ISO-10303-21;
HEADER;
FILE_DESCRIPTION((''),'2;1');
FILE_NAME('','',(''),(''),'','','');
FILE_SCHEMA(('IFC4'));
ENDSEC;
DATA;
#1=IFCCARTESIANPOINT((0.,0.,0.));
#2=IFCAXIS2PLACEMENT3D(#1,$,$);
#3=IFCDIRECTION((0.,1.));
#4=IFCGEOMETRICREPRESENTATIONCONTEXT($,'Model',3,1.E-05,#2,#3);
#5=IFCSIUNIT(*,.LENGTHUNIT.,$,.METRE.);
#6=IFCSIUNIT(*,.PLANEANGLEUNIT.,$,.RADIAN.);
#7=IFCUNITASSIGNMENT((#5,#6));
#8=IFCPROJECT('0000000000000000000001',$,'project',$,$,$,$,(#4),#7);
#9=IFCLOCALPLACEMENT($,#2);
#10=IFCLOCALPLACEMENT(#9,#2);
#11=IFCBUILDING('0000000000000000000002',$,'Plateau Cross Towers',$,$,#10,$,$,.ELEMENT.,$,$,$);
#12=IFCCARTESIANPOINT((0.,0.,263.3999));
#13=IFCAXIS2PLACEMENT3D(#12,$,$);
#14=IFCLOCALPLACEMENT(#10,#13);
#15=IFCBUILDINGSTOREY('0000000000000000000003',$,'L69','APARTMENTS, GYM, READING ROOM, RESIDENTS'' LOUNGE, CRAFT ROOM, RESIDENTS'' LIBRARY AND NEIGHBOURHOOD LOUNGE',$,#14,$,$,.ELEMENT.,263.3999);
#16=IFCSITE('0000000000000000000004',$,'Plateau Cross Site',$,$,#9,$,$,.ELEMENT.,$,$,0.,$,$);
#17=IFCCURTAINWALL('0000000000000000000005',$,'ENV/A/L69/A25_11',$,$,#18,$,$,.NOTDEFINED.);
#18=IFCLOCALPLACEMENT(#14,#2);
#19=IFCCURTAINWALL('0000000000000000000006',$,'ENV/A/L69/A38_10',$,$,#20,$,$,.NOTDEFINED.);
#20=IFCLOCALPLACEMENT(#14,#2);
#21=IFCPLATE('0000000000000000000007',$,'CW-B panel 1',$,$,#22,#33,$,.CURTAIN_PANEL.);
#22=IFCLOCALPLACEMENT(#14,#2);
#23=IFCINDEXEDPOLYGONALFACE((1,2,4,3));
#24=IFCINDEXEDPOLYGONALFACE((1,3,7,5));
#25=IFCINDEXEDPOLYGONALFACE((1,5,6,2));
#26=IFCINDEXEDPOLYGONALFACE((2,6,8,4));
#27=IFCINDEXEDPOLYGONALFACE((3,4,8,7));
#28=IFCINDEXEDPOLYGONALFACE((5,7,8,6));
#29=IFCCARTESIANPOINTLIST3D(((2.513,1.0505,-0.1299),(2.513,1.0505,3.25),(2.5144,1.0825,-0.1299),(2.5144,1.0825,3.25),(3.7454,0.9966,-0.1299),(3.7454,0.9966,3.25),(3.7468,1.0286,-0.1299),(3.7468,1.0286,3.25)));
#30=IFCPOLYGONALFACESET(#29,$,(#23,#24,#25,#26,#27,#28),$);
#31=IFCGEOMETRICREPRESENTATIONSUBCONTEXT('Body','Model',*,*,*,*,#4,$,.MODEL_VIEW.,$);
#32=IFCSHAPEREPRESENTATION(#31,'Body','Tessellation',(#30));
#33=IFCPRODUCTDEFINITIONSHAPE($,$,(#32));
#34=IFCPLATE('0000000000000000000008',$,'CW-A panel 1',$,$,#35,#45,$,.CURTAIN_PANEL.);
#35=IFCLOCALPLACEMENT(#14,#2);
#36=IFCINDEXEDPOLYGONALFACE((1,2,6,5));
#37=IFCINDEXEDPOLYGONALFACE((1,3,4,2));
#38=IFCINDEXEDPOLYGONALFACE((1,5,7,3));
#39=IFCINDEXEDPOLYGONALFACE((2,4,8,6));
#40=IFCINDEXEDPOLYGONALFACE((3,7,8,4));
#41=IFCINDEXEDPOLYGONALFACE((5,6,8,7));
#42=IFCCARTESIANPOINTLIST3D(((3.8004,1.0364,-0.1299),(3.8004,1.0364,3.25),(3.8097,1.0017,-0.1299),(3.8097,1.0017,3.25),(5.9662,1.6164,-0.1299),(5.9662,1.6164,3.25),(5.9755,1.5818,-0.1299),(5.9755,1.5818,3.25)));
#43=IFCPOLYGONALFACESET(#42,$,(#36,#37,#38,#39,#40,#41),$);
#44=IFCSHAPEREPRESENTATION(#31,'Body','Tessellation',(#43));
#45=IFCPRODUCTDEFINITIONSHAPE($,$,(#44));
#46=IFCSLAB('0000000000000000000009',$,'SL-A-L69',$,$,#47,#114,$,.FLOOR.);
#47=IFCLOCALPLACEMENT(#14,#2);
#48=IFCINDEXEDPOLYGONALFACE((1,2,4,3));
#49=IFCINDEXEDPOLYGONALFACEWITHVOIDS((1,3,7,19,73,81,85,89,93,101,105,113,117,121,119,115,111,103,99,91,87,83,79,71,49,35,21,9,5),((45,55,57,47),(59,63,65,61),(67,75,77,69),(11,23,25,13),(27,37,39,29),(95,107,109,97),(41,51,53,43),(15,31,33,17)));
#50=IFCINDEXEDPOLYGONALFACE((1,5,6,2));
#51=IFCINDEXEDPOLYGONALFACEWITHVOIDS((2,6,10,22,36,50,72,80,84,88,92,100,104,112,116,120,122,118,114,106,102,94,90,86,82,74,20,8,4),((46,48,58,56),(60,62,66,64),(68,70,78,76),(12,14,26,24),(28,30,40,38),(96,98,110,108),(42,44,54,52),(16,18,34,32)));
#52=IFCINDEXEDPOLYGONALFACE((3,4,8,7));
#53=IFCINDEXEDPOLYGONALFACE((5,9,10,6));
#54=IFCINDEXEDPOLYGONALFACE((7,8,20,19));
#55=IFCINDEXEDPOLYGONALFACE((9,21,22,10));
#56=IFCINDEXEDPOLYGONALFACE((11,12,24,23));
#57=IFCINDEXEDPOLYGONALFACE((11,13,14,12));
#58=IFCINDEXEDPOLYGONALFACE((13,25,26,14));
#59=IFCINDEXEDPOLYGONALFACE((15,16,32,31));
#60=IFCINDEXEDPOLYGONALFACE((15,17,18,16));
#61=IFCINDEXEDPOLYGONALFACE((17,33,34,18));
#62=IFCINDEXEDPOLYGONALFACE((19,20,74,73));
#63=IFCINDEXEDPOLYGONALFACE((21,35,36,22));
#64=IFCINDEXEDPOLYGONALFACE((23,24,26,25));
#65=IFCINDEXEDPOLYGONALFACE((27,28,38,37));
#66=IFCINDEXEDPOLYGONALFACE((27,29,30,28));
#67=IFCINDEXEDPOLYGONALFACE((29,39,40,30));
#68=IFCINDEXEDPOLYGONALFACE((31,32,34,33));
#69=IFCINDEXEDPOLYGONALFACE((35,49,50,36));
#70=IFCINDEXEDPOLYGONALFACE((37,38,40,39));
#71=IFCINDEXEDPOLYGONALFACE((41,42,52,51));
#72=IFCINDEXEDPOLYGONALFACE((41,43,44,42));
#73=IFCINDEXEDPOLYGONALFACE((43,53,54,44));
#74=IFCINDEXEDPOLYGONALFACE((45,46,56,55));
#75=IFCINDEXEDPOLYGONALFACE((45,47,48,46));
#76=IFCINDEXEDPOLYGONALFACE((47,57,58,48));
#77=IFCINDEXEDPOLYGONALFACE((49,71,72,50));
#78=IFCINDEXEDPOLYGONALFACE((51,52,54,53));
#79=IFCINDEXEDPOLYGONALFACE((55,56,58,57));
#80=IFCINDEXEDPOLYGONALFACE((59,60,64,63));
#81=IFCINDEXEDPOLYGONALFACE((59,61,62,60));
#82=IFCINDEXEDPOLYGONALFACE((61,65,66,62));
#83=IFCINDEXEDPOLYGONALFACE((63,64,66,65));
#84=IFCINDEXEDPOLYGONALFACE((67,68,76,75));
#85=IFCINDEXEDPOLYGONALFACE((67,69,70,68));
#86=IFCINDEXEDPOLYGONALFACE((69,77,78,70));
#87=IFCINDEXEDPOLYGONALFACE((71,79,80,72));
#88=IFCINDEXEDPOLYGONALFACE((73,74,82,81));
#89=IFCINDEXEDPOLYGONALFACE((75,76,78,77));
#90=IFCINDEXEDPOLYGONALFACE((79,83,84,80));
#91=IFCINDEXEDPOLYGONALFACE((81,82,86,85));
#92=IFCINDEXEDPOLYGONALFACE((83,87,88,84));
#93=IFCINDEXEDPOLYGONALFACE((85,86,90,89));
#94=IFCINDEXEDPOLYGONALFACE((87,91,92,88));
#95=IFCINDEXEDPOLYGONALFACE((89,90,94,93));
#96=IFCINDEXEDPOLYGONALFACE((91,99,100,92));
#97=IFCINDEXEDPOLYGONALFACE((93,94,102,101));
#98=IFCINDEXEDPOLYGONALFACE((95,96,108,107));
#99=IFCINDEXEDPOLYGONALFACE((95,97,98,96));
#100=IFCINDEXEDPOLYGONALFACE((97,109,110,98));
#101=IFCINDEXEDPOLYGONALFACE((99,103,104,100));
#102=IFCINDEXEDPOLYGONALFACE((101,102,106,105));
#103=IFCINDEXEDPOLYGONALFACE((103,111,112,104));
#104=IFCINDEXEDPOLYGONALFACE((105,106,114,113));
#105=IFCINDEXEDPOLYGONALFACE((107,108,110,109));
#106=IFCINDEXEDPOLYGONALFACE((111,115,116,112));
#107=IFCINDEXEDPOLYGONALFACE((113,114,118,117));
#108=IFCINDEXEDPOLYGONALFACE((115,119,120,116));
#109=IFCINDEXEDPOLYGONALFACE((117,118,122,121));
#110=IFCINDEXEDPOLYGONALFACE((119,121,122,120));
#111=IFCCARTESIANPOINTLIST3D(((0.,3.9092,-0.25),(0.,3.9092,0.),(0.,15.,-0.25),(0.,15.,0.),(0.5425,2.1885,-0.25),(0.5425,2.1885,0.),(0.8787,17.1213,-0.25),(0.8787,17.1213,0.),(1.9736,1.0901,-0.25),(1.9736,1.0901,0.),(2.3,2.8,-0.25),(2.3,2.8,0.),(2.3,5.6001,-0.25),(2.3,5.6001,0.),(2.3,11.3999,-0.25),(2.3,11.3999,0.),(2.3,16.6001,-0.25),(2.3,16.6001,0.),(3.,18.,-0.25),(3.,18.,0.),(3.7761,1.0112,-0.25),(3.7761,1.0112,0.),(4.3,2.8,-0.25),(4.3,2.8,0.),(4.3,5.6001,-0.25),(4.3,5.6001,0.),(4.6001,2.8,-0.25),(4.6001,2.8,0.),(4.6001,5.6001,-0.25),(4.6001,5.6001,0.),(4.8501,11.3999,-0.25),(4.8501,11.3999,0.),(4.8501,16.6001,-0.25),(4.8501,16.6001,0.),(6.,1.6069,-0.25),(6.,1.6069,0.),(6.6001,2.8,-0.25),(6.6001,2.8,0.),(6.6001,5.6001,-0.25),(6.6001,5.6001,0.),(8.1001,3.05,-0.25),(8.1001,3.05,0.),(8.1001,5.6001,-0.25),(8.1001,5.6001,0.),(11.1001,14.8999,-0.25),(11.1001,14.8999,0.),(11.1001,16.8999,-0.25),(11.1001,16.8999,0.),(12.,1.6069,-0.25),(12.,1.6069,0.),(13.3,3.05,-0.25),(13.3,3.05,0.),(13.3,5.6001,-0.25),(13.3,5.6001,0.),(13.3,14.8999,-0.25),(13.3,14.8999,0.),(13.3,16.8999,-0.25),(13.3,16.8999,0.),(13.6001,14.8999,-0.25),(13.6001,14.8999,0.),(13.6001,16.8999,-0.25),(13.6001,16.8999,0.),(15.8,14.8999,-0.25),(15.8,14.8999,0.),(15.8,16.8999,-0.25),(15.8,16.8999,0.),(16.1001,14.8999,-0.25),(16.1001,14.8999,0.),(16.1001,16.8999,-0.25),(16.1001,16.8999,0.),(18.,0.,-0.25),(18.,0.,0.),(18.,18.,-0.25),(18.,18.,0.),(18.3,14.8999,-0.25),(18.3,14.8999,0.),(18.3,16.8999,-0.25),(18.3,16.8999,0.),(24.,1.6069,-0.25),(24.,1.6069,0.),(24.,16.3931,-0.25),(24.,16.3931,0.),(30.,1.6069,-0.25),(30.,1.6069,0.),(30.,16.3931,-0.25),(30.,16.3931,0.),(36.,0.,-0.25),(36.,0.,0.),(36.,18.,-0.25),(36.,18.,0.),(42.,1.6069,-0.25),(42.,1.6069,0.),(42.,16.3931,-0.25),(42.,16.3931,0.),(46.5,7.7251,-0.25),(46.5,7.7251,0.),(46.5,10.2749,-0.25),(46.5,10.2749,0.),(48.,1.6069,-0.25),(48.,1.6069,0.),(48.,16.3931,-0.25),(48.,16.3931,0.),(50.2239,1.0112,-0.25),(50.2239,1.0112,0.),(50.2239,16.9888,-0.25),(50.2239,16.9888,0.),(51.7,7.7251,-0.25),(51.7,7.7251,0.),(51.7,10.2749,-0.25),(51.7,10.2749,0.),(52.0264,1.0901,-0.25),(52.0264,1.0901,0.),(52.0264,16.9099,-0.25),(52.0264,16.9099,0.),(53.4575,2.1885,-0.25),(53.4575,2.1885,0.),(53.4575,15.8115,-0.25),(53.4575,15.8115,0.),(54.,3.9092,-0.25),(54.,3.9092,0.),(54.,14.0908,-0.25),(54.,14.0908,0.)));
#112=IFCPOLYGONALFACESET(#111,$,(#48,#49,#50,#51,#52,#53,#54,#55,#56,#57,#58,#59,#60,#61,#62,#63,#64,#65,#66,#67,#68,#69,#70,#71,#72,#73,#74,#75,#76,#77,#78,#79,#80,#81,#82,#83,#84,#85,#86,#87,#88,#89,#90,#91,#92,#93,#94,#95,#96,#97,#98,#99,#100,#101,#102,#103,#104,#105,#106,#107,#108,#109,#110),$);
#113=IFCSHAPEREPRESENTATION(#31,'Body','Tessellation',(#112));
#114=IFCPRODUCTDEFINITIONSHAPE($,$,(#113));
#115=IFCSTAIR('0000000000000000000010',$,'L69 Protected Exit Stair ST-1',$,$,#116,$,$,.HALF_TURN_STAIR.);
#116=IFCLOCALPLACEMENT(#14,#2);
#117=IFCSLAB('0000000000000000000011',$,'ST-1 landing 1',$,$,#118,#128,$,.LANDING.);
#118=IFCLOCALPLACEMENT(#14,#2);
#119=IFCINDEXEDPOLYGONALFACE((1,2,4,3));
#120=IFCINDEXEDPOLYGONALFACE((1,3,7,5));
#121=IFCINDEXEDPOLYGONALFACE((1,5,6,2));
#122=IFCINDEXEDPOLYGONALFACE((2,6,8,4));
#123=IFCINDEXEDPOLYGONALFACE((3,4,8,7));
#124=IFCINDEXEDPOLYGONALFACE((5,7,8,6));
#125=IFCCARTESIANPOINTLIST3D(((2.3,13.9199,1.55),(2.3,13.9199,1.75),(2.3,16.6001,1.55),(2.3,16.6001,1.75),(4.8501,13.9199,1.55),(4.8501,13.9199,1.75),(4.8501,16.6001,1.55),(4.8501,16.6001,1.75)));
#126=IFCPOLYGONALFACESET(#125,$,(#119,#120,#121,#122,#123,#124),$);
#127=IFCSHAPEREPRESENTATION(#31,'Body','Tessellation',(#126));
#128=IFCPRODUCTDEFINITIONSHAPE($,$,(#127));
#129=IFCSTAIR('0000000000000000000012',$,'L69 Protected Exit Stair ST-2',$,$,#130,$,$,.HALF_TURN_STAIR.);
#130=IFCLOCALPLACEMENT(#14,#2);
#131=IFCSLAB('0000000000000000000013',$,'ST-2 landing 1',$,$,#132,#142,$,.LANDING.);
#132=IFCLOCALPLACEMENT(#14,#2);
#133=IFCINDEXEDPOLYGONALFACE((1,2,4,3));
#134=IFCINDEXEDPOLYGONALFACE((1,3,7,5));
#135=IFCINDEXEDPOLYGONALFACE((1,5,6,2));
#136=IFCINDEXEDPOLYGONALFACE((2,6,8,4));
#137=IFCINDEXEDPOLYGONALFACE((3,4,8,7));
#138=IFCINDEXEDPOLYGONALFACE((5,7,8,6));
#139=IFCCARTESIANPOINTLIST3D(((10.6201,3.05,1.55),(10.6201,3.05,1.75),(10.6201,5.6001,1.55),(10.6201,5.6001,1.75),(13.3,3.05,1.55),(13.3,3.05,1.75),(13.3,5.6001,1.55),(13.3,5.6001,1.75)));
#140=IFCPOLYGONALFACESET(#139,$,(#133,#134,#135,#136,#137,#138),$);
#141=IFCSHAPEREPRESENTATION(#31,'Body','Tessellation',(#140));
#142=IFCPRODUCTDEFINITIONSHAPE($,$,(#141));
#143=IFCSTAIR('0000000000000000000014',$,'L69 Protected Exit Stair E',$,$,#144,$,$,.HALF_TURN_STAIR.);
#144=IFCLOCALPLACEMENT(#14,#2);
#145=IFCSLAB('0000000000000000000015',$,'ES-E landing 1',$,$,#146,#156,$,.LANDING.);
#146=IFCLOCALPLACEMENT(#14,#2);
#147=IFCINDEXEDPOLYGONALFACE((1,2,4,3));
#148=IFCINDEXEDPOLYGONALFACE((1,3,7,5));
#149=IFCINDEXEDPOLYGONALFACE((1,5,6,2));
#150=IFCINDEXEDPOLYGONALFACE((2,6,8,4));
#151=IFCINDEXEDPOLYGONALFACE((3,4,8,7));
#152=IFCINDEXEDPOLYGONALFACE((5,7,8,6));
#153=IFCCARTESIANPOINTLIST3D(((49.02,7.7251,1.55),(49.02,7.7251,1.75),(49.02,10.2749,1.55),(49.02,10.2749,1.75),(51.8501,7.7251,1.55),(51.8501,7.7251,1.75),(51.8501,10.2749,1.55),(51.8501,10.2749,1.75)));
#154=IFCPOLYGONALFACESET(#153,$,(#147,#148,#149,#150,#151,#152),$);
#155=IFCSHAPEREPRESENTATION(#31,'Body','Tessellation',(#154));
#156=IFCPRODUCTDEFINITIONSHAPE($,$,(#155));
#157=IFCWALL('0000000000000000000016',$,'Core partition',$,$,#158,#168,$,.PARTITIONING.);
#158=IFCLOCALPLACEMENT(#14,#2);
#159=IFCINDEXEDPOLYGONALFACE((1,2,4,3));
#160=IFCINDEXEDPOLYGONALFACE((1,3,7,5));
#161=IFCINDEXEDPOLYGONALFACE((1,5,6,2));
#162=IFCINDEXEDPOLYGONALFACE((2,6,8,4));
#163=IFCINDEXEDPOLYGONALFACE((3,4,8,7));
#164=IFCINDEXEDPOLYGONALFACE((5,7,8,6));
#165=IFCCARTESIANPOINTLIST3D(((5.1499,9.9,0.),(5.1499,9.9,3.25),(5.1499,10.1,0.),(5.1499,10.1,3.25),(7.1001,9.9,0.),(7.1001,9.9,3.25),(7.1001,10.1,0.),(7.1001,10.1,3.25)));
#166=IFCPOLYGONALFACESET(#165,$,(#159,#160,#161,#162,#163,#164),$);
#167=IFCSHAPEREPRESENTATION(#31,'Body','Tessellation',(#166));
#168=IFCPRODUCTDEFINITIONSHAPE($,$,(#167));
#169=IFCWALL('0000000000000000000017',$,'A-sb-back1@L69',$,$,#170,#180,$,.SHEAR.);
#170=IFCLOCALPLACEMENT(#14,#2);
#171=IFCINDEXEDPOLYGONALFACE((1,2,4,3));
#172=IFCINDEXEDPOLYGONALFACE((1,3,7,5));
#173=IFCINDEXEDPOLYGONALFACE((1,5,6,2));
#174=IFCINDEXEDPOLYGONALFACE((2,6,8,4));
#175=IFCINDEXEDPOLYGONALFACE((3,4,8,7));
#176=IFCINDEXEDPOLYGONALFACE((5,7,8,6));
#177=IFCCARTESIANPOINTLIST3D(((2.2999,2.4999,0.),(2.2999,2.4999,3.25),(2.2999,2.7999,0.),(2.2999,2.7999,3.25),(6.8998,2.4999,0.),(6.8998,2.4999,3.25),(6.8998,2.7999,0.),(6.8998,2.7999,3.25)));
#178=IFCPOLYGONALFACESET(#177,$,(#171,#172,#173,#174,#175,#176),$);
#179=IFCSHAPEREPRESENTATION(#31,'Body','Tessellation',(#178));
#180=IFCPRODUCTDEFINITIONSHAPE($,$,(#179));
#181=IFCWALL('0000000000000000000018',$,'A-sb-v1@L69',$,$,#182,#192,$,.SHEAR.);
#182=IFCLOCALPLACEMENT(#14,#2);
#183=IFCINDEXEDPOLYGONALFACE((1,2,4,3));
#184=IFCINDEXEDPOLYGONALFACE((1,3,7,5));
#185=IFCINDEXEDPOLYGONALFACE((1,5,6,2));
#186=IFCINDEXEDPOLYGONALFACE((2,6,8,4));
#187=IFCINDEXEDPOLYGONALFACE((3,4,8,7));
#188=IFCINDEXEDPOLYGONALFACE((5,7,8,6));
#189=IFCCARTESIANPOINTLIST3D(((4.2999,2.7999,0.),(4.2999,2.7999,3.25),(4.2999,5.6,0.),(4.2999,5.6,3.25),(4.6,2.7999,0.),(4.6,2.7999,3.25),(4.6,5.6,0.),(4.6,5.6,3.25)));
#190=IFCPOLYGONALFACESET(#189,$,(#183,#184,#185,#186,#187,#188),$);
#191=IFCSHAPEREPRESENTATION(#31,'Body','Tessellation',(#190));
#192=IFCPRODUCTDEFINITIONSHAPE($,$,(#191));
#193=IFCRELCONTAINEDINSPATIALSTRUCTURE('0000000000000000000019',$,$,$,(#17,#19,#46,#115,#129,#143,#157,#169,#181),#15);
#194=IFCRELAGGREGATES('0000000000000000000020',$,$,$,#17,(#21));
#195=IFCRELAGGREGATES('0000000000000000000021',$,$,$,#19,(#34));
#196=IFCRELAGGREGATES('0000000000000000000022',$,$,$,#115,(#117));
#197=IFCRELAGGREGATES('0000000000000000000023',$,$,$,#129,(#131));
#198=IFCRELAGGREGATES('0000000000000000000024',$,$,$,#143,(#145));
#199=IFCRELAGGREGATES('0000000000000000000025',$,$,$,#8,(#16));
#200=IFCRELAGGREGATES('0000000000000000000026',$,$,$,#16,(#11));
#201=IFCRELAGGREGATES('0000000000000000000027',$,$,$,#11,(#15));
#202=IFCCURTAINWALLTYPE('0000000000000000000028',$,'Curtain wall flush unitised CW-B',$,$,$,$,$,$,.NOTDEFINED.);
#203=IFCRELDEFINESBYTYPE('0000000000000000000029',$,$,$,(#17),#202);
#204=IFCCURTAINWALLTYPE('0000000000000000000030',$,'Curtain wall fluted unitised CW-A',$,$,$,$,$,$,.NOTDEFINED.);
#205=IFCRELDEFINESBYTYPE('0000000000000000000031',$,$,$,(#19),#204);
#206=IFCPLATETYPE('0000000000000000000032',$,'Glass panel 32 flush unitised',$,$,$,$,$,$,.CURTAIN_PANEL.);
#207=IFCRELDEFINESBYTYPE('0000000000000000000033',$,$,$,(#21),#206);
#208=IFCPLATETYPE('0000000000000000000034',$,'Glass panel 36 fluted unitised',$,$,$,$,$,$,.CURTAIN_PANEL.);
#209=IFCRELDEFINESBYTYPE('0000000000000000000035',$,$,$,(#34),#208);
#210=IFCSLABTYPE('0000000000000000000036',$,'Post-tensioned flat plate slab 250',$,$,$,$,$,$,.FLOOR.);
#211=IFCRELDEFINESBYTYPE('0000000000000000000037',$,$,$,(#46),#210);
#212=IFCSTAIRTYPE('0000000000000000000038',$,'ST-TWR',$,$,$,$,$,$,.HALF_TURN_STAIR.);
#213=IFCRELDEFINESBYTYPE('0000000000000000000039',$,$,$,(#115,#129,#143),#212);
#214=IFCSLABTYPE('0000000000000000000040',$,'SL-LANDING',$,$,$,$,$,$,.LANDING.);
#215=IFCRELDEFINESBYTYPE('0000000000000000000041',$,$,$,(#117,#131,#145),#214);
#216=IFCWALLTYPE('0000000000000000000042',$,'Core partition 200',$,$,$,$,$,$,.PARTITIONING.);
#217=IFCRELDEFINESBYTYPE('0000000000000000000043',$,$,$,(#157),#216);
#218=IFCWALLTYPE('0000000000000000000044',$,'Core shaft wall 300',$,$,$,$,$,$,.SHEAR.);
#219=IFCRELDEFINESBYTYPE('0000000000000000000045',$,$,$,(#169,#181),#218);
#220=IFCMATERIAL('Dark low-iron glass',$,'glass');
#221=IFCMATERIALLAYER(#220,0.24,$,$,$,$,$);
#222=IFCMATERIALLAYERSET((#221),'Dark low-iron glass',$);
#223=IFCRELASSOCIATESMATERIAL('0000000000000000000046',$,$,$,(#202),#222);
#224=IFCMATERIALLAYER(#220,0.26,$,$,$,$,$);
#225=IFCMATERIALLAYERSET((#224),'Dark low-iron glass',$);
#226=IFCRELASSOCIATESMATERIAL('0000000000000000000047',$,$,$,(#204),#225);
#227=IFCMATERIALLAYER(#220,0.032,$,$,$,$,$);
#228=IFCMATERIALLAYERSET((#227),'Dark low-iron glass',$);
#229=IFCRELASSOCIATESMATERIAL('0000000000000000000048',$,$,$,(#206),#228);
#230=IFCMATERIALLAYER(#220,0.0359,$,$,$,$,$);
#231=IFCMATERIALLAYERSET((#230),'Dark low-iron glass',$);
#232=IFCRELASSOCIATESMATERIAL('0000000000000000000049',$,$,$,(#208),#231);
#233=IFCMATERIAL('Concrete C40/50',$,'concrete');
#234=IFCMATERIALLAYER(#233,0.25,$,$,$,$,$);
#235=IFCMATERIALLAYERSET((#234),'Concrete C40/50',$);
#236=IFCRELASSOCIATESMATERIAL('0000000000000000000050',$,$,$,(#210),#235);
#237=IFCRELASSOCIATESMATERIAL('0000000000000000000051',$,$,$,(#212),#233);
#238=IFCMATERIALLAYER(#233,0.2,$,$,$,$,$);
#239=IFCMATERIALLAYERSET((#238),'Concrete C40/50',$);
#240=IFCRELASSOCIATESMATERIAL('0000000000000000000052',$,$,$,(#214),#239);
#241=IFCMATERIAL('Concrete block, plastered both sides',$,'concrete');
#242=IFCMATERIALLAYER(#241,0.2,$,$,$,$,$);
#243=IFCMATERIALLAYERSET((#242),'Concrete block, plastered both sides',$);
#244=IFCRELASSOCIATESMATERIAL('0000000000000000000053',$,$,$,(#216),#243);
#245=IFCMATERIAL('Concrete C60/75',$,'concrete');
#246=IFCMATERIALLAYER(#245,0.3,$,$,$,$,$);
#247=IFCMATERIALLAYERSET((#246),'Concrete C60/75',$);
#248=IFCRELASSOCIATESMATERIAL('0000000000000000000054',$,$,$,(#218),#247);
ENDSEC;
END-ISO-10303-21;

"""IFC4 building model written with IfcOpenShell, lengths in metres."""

from ifc_helpers import new_model, si_unit, direction, frame, frame_2d, origin, origin_2d, place, context, subcontext, project, spatial, polyline, rectangle, outline, extrude, material, layer, layer_set, type_object, element, aggregate, save


model = new_model("IFC4")

# Units and contexts
model_context = context("Model", 3, precision=1e-05, world=origin(), true_north=direction((0.0, 1.0)))
body_context = subcontext(model_context, "Body", "Model", "MODEL_VIEW")
ifc_project = project(units=[si_unit("LENGTHUNIT", "METRE"), si_unit("PLANEANGLEUNIT", "RADIAN")], contexts=[model_context])

# Site, building, storey
site_placement = place(None, origin())
site = spatial("IfcSite", under=ifc_project, at=site_placement, Name="Plateau Cross Site", CompositionType="ELEMENT", RefElevation=0.0)
building_placement = place(site_placement, origin())
building = spatial("IfcBuilding", under=site, at=building_placement, Name="Plateau Cross Towers", CompositionType="ELEMENT")
storey_placement = place(building_placement, frame((0.0, 0.0, 263.3999)))
storey = spatial("IfcBuildingStorey", under=building, at=storey_placement, Name="L69", Description="APARTMENTS, GYM, READING ROOM, RESIDENTS' LOUNGE, CRAFT ROOM, RESIDENTS' LIBRARY AND NEIGHBOURHOOD LOUNGE", CompositionType="ELEMENT", Elevation=263.3999)

# Shared definitions
ifc_material_1 = material(Name="Concrete C60/75", Category="concrete")

# Shared definitions
ifc_material_2 = material(Name="Dark low-iron glass", Category="glass")
ifc_layer_1 = layer(ifc_material_2, 0.24)
ifc_layer_set_1 = layer_set([ifc_layer_1], Name="Dark low-iron glass")
curtain_wall_type_1 = type_object("IfcCurtainWallType", Name="Curtain wall flush unitised CW-B", PredefinedType="NOTDEFINED", material=ifc_layer_set_1)

# Curtain walls
curtain_wall_1_placement = place(storey_placement, origin())
curtain_wall_1 = element("IfcCurtainWall", 1, at=curtain_wall_1_placement, inside=storey, type_object=curtain_wall_type_1, Name="ENV/A/L69/A25_11", PredefinedType="NOTDEFINED")
ifc_layer_2 = layer(ifc_material_2, 0.26)
ifc_layer_set_2 = layer_set([ifc_layer_2], Name="Dark low-iron glass")
curtain_wall_type_2 = type_object("IfcCurtainWallType", Name="Curtain wall fluted unitised CW-A", PredefinedType="NOTDEFINED", material=ifc_layer_set_2)
curtain_wall_2_placement = place(storey_placement, origin())
curtain_wall_2 = element("IfcCurtainWall", 2, at=curtain_wall_2_placement, inside=storey, type_object=curtain_wall_type_2, Name="ENV/A/L69/A38_10", PredefinedType="NOTDEFINED")

# Plates
ifc_layer_3 = layer(ifc_material_2, 0.032)
ifc_layer_set_3 = layer_set([ifc_layer_3], Name="Dark low-iron glass")
plate_type_1 = type_object("IfcPlateType", Name="Glass panel 32 flush unitised", PredefinedType="CURTAIN_PANEL", material=ifc_layer_set_3)
plate_1_placement = place(storey_placement, frame((3.1299, 1.0396, -0.1299), z_axis=(0.0, 0.0, 1.0), x_axis=(0.999044, -0.043723, 0.0)))
plate_1 = element("IfcPlate", 3, at=plate_1_placement, type_object=plate_type_1, Name="CW-B panel 1", PredefinedType="CURTAIN_PANEL", context=body_context, shape_type="SweptSolid", body=[
    extrude(rectangle(XDim=1.2336, YDim=0.032, at=origin_2d()), origin(), (0.0, 0.0, 1.0), 3.3799),
])
aggregate(curtain_wall_1, [plate_1])
ifc_layer_4 = layer(ifc_material_2, 0.0359)
ifc_layer_set_4 = layer_set([ifc_layer_4], Name="Dark low-iron glass")
plate_type_2 = type_object("IfcPlateType", Name="Glass panel 36 fluted unitised", PredefinedType="CURTAIN_PANEL", material=ifc_layer_set_4)
plate_2_placement = place(storey_placement, frame((4.8879, 1.3091, -0.1299), z_axis=(0.0, 0.0, 1.0), x_axis=(0.965958, 0.258699, 0.0)))
plate_2 = element("IfcPlate", 4, at=plate_2_placement, type_object=plate_type_2, Name="CW-A panel 1", PredefinedType="CURTAIN_PANEL", context=body_context, shape_type="SweptSolid", body=[
    extrude(rectangle(XDim=2.2422, YDim=0.0359, at=origin_2d()), origin(), (0.0, 0.0, 1.0), 3.3799),
])
aggregate(curtain_wall_2, [plate_2])

# Slab
ifc_material_3 = material(Name="Concrete C40/50", Category="concrete")
ifc_layer_5 = layer(ifc_material_3, 0.25)
ifc_layer_set_5 = layer_set([ifc_layer_5], Name="Concrete C40/50")
slab_type_1 = type_object("IfcSlabType", Name="Post-tensioned flat plate slab 250", PredefinedType="FLOOR", material=ifc_layer_set_5)
slab_1_placement = place(storey_placement, frame((0.0, 0.0, -0.25)))
element("IfcSlab", 5, at=slab_1_placement, inside=storey, type_object=slab_type_1, Name="SL-A-L69", PredefinedType="FLOOR", context=body_context, shape_type="SweptSolid", body=[
    extrude(outline(polyline([(1.9736, 1.0901), (0.5425, 2.1885), (0.0, 3.9092), (0.0, 15.0), (0.8787, 17.1213), (3.0, 18.0), (18.0, 18.0), (24.0, 16.3931), (30.0, 16.3931), (36.0, 18.0), (42.0, 16.3931), (48.0, 16.3931), (50.2239, 16.9888), (52.0264, 16.9099), (53.4575, 15.8115), (54.0, 14.0908), (54.0, 3.9092), (53.4575, 2.1885), (52.0264, 1.0901), (50.2239, 1.0112), (48.0, 1.6069), (42.0, 1.6069), (36.0, 0.0), (30.0, 1.6069), (24.0, 1.6069), (18.0, 0.0), (12.0, 1.6069), (6.0, 1.6069), (3.7761, 1.0112), (1.9736, 1.0901)]), holes=[polyline([(4.3, 5.6001), (2.3, 5.6001), (2.3, 2.8), (4.3, 2.8), (4.3, 5.6001)]), polyline([(6.6001, 5.6001), (4.6001, 5.6001), (4.6001, 2.8), (6.6001, 2.8), (6.6001, 5.6001)]), polyline([(13.3, 5.6001), (8.1001, 5.6001), (8.1001, 3.05), (13.3, 3.05), (13.3, 5.6001)]), polyline([(51.7, 10.2749), (46.5, 10.2749), (46.5, 7.7251), (51.7, 7.7251), (51.7, 10.2749)]), polyline([(2.3, 16.6001), (2.3, 11.3999), (4.8501, 11.3999), (4.8501, 16.6001), (2.3, 16.6001)]), polyline([(13.3, 16.8999), (11.1001, 16.8999), (11.1001, 14.8999), (13.3, 14.8999), (13.3, 16.8999)]), polyline([(15.8, 16.8999), (13.6001, 16.8999), (13.6001, 14.8999), (15.8, 14.8999), (15.8, 16.8999)]), polyline([(18.3, 16.8999), (16.1001, 16.8999), (16.1001, 14.8999), (18.3, 14.8999), (18.3, 16.8999)])]), origin(), (0.0, 0.0, 1.0), 0.25),
])

# Stairs, slabs
stair_type = type_object("IfcStairType", Name="ST-TWR", PredefinedType="HALF_TURN_STAIR", material=ifc_material_3)
stair_1_placement = place(storey_placement, origin())
stair_1 = element("IfcStair", 6, at=stair_1_placement, inside=storey, type_object=stair_type, Name="L69 Protected Exit Stair ST-1", PredefinedType="HALF_TURN_STAIR")
ifc_layer_6 = layer(ifc_material_3, 0.2)
ifc_layer_set_6 = layer_set([ifc_layer_6], Name="Concrete C40/50")
slab_type_2 = type_object("IfcSlabType", Name="SL-LANDING", PredefinedType="LANDING", material=ifc_layer_set_6)
slab_2_placement = place(storey_placement, frame((0.0, 0.0, 1.55)))
slab_2 = element("IfcSlab", 7, at=slab_2_placement, type_object=slab_type_2, Name="ST-1 landing 1", PredefinedType="LANDING", context=body_context, shape_type="SweptSolid", body=[
    extrude(outline(polyline([(4.8501, 13.9199), (4.8501, 16.6001), (2.3, 16.6001), (2.3, 13.9199), (4.8501, 13.9199)])), origin(), (0.0, 0.0, 1.0), 0.2),
])
aggregate(stair_1, [slab_2])
stair_2_placement = place(storey_placement, origin())
stair_2 = element("IfcStair", 8, at=stair_2_placement, inside=storey, type_object=stair_type, Name="L69 Protected Exit Stair ST-2", PredefinedType="HALF_TURN_STAIR")
slab_3_placement = place(storey_placement, frame((0.0, 0.0, 1.55)))
slab_3 = element("IfcSlab", 9, at=slab_3_placement, type_object=slab_type_2, Name="ST-2 landing 1", PredefinedType="LANDING", context=body_context, shape_type="SweptSolid", body=[
    extrude(outline(polyline([(10.6201, 3.05), (13.3, 3.05), (13.3, 5.6001), (10.6201, 5.6001), (10.6201, 3.05)])), origin(), (0.0, 0.0, 1.0), 0.2),
])
aggregate(stair_2, [slab_3])
stair_3_placement = place(storey_placement, origin())
stair_3 = element("IfcStair", 10, at=stair_3_placement, inside=storey, type_object=stair_type, Name="L69 Protected Exit Stair E", PredefinedType="HALF_TURN_STAIR")
slab_4_placement = place(storey_placement, frame((0.0, 0.0, 1.55)))
slab_4 = element("IfcSlab", 11, at=slab_4_placement, type_object=slab_type_2, Name="ES-E landing 1", PredefinedType="LANDING", context=body_context, shape_type="SweptSolid", body=[
    extrude(outline(polyline([(49.02, 7.7251), (51.8501, 7.7251), (51.8501, 10.2749), (49.02, 10.2749), (49.02, 7.7251)])), origin(), (0.0, 0.0, 1.0), 0.2),
])
aggregate(stair_3, [slab_4])

# Walls
ifc_material_4 = material(Name="Concrete block, plastered both sides", Category="concrete")
ifc_layer_7 = layer(ifc_material_4, 0.2)
ifc_layer_set_7 = layer_set([ifc_layer_7], Name="Concrete block, plastered both sides")
wall_type_1 = type_object("IfcWallType", Name="Core partition 200", PredefinedType="PARTITIONING", material=ifc_layer_set_7)
wall_1_placement = place(storey_placement, frame((5.1499, 10.0, 0.0), z_axis=(0.0, 0.0, 1.0), x_axis=(1.0, 0.0, 0.0)))
element("IfcWall", 12, at=wall_1_placement, inside=storey, type_object=wall_type_1, Name="Core partition", PredefinedType="PARTITIONING", context=body_context, shape_type="SweptSolid", body=[
    extrude(rectangle(XDim=1.9502, YDim=0.2, at=frame_2d((0.9751, 0.0))), origin(), (0.0, 0.0, 1.0), 3.25),
])
ifc_layer_8 = layer(ifc_material_1, 0.3)
ifc_layer_set_8 = layer_set([ifc_layer_8], Name="Concrete C60/75")
wall_type_2 = type_object("IfcWallType", Name="Core shaft wall 300", PredefinedType="SHEAR", material=ifc_layer_set_8)
wall_2_placement = place(storey_placement, frame((2.3, 2.6499, 0.0), z_axis=(0.0, 0.0, 1.0), x_axis=(1.0, 0.0, 0.0)))
element("IfcWall", 13, at=wall_2_placement, inside=storey, type_object=wall_type_2, Name="A-sb-back1@L69", PredefinedType="SHEAR", context=body_context, shape_type="SweptSolid", body=[
    extrude(rectangle(XDim=4.5999, YDim=0.3, at=frame_2d((2.2998, 0.0))), origin(), (0.0, 0.0, 1.0), 3.25),
])
wall_3_placement = place(storey_placement, frame((4.45, 2.8, 0.0), z_axis=(0.0, 0.0, 1.0), x_axis=(0.0, 1.0, 0.0)))
element("IfcWall", 14, at=wall_3_placement, inside=storey, type_object=wall_type_2, Name="A-sb-v1@L69", PredefinedType="SHEAR", context=body_context, shape_type="SweptSolid", body=[
    extrude(rectangle(XDim=2.8, YDim=0.3, at=frame_2d((1.3999, 0.0))), origin(), (0.0, 0.0, 1.0), 3.25),
])

save(model, "model.ifc")
